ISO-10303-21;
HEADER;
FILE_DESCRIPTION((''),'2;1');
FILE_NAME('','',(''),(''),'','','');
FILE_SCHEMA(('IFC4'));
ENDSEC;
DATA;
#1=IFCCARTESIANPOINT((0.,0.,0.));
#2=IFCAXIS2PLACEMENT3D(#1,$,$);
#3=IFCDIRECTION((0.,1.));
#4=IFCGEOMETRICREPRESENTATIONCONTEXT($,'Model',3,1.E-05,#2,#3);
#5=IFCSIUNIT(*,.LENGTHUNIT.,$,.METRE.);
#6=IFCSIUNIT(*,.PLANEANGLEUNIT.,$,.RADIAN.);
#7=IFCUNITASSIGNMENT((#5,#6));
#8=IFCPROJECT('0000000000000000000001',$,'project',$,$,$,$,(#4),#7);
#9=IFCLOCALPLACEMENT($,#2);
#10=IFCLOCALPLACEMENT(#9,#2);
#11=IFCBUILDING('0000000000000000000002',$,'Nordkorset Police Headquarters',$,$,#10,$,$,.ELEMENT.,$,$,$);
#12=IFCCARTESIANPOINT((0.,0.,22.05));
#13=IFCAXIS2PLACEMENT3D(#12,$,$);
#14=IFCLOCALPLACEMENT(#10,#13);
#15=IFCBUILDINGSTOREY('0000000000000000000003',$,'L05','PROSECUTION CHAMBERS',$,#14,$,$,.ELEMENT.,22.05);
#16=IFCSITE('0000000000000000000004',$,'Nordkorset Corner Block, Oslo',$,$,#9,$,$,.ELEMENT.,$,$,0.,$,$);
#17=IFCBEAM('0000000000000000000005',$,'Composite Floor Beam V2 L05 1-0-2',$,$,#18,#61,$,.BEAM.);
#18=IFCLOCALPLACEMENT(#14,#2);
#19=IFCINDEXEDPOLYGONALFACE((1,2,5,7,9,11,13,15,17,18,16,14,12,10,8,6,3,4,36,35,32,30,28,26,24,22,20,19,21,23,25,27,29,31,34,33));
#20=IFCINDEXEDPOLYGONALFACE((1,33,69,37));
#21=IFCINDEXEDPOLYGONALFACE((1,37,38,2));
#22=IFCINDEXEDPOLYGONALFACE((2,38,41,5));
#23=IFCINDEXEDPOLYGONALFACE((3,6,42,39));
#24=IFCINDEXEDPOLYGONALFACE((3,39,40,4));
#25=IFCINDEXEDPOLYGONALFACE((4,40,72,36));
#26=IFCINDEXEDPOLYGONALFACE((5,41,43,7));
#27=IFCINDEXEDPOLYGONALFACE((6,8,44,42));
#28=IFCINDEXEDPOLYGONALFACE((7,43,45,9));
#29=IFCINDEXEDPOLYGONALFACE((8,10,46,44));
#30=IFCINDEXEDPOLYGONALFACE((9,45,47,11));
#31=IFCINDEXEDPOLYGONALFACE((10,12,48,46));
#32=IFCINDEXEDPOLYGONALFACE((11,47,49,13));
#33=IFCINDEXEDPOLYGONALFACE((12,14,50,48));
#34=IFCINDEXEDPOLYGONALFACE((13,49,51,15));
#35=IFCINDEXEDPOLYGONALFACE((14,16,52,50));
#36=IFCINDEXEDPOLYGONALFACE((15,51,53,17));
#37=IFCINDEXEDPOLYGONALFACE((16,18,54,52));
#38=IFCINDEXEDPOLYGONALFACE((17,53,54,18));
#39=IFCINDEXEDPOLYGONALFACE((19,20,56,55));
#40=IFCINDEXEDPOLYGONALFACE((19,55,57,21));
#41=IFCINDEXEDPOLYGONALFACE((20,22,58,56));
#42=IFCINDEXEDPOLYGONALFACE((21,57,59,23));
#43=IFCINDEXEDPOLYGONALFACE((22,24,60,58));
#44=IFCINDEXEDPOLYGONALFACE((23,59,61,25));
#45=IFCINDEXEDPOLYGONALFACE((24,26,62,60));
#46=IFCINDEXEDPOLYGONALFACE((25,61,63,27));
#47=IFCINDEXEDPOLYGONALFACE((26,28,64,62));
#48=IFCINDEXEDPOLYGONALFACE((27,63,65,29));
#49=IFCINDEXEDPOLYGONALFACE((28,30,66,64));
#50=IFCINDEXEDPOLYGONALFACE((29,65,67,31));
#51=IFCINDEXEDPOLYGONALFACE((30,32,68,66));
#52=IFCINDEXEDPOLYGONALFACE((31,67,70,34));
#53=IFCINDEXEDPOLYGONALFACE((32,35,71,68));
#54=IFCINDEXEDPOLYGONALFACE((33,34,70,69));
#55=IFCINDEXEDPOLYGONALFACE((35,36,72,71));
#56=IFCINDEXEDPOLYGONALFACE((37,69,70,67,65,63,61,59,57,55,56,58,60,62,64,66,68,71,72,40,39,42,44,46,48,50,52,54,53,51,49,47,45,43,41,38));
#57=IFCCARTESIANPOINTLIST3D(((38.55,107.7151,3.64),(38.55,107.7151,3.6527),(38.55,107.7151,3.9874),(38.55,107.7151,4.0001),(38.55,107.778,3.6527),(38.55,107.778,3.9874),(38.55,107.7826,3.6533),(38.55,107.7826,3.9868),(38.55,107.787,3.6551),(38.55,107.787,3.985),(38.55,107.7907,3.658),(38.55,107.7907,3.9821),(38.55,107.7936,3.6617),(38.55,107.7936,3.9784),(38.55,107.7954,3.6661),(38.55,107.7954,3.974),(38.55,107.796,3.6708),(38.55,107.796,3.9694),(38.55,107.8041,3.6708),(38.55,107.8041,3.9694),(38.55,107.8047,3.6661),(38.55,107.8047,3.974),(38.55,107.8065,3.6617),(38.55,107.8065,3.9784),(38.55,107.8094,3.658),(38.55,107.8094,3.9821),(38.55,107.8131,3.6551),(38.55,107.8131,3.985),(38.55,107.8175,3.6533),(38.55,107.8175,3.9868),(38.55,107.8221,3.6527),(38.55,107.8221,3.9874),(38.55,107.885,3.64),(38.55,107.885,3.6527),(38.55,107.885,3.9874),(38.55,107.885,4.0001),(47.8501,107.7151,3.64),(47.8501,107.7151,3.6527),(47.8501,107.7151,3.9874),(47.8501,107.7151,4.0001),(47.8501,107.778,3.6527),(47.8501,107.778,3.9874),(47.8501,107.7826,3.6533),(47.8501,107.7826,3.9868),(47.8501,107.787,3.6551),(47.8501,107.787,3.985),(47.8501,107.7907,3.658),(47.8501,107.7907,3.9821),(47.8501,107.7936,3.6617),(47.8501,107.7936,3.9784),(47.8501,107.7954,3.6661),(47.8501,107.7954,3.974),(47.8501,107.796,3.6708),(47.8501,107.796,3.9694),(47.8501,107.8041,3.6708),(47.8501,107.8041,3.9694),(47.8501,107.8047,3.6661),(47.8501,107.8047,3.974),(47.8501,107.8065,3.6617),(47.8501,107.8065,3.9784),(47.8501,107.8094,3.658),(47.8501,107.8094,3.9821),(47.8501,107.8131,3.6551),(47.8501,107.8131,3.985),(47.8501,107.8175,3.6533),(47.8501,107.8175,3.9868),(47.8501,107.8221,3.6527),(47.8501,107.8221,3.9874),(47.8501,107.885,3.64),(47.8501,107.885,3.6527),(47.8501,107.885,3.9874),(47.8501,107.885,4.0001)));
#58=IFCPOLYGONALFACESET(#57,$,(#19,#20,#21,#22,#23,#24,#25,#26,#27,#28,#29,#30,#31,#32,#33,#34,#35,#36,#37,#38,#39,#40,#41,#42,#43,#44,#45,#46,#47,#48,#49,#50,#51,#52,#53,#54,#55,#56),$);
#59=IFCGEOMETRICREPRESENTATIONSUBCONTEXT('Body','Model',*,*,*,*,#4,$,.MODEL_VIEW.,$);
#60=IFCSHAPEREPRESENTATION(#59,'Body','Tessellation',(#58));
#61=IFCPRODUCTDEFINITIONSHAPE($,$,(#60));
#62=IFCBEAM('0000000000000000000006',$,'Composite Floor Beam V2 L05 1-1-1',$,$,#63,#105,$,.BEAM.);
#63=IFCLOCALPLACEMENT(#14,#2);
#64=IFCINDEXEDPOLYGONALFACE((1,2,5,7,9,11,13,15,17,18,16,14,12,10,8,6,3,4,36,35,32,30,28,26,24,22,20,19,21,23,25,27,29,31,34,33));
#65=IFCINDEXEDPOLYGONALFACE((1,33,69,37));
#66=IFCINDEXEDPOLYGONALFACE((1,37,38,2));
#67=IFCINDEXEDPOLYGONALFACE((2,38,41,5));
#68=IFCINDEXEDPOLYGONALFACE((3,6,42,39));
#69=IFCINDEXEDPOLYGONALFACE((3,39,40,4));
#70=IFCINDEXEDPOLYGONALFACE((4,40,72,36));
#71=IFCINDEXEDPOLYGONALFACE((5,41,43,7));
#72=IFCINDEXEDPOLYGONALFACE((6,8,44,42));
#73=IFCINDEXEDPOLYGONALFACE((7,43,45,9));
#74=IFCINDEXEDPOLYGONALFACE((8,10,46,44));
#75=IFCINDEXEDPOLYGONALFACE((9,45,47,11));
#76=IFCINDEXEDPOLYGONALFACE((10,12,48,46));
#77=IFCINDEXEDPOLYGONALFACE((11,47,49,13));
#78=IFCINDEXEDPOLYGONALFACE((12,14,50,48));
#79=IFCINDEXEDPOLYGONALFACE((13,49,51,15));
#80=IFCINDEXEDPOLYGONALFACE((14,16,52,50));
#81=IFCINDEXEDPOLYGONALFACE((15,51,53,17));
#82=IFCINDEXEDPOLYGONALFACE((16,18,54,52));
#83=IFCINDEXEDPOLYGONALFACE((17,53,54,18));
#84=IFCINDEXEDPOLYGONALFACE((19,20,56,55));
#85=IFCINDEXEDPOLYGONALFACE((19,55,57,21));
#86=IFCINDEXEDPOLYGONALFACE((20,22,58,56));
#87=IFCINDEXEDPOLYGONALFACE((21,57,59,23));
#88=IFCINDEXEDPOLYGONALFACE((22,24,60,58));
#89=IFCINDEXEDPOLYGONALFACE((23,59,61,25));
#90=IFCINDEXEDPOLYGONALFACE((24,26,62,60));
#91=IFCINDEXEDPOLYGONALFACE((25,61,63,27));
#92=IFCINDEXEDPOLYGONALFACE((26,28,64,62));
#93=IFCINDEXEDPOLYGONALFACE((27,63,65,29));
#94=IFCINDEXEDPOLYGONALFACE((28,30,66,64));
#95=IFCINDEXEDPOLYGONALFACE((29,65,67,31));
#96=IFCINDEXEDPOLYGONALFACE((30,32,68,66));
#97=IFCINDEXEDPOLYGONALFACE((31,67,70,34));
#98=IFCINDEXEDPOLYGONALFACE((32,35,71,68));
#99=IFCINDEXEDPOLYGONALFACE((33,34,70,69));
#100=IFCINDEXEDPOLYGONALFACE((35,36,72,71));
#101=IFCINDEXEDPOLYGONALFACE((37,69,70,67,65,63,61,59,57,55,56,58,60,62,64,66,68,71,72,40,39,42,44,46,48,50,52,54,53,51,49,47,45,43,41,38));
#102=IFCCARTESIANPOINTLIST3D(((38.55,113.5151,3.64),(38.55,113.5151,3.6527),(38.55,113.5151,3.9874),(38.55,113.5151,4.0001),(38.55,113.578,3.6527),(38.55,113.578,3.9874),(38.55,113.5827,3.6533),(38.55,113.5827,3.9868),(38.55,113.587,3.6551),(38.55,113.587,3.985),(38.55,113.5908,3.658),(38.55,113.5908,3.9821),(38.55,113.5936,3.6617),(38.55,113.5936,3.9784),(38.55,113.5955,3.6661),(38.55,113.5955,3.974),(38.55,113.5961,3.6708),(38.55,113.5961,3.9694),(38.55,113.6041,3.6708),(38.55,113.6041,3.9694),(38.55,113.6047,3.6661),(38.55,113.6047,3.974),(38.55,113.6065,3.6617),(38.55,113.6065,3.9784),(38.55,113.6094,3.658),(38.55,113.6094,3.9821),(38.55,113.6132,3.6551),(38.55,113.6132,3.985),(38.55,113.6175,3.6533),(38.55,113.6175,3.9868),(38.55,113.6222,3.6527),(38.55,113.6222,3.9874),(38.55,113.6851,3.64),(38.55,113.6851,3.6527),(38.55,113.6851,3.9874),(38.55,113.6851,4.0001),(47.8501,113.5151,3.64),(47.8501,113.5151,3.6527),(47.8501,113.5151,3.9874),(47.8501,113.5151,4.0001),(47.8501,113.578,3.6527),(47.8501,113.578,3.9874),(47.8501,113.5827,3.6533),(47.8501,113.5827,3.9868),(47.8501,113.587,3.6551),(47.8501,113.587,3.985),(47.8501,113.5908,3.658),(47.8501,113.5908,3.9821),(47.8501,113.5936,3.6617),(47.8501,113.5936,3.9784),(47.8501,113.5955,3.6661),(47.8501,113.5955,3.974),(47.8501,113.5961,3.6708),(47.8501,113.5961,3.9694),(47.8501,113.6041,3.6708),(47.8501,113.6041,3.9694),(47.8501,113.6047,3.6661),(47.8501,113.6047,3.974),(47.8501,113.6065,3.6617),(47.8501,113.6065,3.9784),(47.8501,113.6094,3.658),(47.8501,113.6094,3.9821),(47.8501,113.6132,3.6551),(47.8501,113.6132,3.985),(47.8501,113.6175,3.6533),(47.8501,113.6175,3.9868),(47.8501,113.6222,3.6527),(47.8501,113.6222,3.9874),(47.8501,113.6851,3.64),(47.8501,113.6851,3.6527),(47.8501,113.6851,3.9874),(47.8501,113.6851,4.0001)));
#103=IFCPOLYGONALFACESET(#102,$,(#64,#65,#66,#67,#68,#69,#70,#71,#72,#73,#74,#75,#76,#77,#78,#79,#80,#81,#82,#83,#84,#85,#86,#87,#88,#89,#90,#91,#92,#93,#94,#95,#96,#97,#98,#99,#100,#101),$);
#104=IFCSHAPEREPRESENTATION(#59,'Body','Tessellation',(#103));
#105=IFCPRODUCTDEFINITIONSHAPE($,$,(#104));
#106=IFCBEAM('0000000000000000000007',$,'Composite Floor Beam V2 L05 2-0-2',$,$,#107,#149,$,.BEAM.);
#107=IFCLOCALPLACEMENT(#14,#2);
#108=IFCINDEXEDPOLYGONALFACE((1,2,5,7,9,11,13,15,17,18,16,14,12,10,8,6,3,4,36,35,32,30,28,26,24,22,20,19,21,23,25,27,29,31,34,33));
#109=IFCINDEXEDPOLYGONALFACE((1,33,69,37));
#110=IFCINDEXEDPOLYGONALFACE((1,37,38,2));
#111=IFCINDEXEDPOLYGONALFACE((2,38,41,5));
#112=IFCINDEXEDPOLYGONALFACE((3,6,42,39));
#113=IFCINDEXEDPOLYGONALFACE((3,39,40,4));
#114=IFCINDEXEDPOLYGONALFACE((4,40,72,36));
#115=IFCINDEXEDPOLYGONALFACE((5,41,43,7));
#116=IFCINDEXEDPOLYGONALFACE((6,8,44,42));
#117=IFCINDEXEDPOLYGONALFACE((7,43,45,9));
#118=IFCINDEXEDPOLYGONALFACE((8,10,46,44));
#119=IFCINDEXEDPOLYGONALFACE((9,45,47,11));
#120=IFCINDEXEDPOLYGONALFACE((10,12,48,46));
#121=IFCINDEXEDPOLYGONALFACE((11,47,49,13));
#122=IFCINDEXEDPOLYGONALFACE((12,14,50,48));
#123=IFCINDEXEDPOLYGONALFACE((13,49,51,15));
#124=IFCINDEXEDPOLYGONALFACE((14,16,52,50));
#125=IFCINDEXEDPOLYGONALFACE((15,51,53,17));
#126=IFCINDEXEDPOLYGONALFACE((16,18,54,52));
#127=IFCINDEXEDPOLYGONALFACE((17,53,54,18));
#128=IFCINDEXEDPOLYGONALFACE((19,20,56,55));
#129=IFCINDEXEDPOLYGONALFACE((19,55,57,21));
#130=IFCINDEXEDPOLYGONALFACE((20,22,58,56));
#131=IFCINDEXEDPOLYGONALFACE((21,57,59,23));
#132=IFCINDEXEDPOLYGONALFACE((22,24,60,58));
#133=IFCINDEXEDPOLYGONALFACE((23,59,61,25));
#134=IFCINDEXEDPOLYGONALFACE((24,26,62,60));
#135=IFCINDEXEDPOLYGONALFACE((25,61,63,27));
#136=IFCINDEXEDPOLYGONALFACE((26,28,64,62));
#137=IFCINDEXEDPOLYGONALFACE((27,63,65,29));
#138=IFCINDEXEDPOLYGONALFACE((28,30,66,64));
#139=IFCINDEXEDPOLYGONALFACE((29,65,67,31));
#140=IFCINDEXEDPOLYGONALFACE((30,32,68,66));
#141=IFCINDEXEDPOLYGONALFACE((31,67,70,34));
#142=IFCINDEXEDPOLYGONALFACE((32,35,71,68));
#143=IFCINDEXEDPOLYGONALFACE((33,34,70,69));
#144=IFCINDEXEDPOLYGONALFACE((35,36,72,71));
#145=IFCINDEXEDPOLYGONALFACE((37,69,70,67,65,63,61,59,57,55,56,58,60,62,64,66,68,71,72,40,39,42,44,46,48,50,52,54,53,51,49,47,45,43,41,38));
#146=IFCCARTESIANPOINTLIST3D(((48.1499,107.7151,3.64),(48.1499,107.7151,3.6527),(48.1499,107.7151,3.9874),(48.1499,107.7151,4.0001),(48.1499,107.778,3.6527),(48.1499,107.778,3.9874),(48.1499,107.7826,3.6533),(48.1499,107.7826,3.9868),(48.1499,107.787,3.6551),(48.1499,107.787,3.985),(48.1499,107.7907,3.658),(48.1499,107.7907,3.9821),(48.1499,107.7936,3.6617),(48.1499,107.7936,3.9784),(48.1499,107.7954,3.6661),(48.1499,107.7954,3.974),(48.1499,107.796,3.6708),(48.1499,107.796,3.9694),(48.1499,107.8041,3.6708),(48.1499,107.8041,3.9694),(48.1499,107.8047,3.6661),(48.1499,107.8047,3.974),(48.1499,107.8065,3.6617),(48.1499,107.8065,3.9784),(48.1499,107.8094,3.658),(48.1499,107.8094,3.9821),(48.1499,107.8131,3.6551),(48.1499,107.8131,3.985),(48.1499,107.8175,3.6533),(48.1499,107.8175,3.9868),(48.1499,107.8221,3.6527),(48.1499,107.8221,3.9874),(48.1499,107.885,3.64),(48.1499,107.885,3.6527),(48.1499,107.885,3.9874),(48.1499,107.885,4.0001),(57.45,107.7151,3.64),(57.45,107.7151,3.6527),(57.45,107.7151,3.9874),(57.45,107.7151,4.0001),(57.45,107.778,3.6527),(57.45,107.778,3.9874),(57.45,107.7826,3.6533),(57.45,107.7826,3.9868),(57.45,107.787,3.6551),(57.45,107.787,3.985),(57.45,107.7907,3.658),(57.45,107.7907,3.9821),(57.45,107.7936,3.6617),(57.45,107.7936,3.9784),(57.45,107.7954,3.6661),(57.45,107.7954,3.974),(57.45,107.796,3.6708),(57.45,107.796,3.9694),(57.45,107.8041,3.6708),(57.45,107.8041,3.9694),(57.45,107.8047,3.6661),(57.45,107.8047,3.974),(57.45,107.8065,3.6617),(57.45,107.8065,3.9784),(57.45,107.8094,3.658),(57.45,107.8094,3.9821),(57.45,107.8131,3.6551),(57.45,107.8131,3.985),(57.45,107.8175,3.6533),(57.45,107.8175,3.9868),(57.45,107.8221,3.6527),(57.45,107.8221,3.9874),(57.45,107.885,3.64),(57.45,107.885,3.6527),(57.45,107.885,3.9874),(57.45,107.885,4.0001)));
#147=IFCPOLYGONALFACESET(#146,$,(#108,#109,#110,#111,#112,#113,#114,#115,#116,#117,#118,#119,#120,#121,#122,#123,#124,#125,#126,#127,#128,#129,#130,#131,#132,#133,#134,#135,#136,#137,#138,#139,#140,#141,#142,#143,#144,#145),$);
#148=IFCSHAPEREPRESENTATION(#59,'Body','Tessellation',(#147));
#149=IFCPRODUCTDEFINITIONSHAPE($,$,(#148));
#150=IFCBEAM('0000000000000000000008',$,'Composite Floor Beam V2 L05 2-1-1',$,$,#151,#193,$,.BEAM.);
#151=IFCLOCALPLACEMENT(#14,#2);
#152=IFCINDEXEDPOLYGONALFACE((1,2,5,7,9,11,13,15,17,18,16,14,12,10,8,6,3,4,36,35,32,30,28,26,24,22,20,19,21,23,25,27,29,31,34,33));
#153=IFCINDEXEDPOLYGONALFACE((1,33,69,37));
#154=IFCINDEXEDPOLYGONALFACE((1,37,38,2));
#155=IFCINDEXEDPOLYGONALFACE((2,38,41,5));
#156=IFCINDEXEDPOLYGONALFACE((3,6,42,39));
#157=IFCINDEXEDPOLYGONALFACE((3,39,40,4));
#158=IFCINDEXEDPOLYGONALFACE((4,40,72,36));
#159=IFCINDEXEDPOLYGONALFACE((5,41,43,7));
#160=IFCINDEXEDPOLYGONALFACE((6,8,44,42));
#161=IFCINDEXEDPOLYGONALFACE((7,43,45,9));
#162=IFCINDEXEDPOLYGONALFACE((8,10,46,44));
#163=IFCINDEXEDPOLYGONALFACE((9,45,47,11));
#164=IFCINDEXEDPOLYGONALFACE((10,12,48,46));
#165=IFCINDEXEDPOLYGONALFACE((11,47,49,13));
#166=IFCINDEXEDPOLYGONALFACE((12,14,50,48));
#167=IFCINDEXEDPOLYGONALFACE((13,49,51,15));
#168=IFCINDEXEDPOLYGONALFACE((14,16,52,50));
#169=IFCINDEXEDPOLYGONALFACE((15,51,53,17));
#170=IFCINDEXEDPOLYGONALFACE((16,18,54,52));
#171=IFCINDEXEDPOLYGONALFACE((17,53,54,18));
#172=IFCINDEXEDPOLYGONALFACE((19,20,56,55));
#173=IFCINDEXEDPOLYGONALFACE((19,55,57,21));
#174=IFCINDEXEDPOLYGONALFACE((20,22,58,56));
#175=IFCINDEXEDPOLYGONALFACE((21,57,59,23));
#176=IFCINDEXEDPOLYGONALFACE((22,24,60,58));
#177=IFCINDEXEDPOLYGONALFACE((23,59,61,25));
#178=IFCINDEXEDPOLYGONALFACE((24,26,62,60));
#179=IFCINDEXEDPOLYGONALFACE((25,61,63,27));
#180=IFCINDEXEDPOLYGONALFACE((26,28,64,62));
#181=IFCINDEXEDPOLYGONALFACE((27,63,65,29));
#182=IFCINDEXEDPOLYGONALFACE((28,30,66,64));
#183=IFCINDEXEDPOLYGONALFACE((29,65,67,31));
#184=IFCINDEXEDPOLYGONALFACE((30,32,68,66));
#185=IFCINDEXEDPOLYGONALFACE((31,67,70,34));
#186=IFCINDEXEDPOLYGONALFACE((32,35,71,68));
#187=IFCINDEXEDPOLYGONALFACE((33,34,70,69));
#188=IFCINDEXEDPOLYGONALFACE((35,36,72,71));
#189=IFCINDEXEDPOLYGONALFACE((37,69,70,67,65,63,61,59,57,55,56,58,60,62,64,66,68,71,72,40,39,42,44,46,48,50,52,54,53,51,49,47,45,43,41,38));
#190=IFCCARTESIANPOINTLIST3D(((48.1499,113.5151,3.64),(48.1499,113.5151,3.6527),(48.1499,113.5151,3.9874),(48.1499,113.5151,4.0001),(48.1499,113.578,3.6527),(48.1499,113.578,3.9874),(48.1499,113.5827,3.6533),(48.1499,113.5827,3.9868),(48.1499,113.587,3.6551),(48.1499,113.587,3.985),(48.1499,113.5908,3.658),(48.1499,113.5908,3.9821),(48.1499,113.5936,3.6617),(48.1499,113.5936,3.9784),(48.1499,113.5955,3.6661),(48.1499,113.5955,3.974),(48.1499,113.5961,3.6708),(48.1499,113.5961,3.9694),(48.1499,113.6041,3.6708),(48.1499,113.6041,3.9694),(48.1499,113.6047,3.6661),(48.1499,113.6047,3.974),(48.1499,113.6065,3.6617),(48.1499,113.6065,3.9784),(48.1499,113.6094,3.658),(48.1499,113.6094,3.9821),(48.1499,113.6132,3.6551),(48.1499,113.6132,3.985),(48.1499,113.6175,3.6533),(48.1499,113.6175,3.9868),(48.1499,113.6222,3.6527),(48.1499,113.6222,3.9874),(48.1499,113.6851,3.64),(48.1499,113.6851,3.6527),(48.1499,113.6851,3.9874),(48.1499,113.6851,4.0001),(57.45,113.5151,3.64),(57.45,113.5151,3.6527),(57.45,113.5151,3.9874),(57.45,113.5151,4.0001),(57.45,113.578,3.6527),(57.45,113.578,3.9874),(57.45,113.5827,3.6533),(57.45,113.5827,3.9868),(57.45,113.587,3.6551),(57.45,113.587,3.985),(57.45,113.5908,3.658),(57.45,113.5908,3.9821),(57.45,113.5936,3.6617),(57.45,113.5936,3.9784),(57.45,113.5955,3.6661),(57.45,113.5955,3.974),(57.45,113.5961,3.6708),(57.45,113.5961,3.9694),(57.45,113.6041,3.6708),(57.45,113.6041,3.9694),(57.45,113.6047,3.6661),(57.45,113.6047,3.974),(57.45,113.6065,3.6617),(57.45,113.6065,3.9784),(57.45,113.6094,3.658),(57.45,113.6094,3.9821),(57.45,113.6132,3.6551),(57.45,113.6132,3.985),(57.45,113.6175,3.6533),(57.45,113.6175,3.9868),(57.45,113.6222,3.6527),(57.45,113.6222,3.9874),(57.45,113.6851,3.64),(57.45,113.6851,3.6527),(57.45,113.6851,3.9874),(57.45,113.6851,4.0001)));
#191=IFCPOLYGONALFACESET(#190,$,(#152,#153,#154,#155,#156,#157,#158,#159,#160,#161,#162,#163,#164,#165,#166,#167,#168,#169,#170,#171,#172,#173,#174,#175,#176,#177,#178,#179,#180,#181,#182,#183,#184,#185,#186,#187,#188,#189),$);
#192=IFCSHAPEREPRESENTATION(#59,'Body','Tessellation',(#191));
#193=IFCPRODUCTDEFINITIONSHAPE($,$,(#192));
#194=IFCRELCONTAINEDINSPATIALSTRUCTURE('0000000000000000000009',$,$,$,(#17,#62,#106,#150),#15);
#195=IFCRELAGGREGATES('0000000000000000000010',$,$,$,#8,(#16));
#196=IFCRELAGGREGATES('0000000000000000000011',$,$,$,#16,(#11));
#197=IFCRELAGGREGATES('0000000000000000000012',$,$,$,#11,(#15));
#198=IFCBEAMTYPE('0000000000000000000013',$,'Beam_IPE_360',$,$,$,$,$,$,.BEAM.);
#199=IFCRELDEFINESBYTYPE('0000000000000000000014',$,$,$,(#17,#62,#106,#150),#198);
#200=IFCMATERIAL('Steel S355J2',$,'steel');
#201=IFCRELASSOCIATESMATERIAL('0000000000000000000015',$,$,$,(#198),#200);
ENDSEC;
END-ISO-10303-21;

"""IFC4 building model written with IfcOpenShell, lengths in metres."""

from ifc_helpers import new_model, si_unit, direction, frame, origin, origin_2d, place, context, subcontext, project, spatial, i_section, extrude, material, material_profile, profile_set, type_object, element, save


model = new_model("IFC4")

# Units and contexts
model_context = context("Model", 3, precision=1e-05, world=origin(), true_north=direction((0.0, 1.0)))
body_context = subcontext(model_context, "Body", "Model", "MODEL_VIEW")
ifc_project = project(units=[si_unit("LENGTHUNIT", "METRE"), si_unit("PLANEANGLEUNIT", "RADIAN")], contexts=[model_context])

# Site, building, storey
site_placement = place(None, origin())
site = spatial("IfcSite", under=ifc_project, at=site_placement, Name="Nordkorset Corner Block, Oslo", CompositionType="ELEMENT", RefElevation=0.0)
building_placement = place(site_placement, origin())
building = spatial("IfcBuilding", under=site, at=building_placement, Name="Nordkorset Police Headquarters", CompositionType="ELEMENT")
storey_placement = place(building_placement, frame((0.0, 0.0, 22.05)))
storey = spatial("IfcBuildingStorey", under=building, at=storey_placement, Name="L05", Description="PROSECUTION CHAMBERS", CompositionType="ELEMENT", Elevation=22.05)

# Beams
ifc_material_1 = material(Name="Steel S355J2", Category="steel")
ifc_material_profile_1 = material_profile(ifc_material_1, i_section(OverallWidth=0.1699, OverallDepth=0.3601, WebThickness=0.0081, FlangeThickness=0.0127, FilletRadius=0.0181, at=origin_2d()), Name="IPE 360")
ifc_profile_set_1 = profile_set([ifc_material_profile_1], Name="Steel S355J2")
beam_type_1 = type_object("IfcBeamType", Name="Beam_IPE_360", PredefinedType="BEAM", material=ifc_profile_set_1)
for number, where, z_axis, x_axis, name in (
    (1, (38.55, 107.8, 3.8201), (1.0, 0.0, 0.0), (0.0, 1.0, 0.0), "Composite Floor Beam V2 L05 1-0-2"),
    (2, (38.55, 113.6001, 3.8201), (1.0, 0.0, 0.0), (0.0, 1.0, 0.0), "Composite Floor Beam V2 L05 1-1-1"),
    (3, (48.1499, 107.8, 3.8201), (1.0, 0.0, 0.0), (0.0, 1.0, 0.0), "Composite Floor Beam V2 L05 2-0-2"),
    (4, (48.1499, 113.6001, 3.8201), (1.0, 0.0, 0.0), (0.0, 1.0, 0.0), "Composite Floor Beam V2 L05 2-1-1"),
):
    element("IfcBeam", number, at=place(storey_placement, frame(where, z_axis=z_axis, x_axis=x_axis)), inside=storey, type_object=beam_type_1, Name=name, PredefinedType="BEAM", context=body_context, shape_type="SweptSolid", body=[
        extrude(i_section(OverallWidth=0.1699, OverallDepth=0.3601, WebThickness=0.0081, FlangeThickness=0.0127, FilletRadius=0.0181, at=origin_2d()), origin(), (0.0, 0.0, 1.0), 9.3),
    ])

save(model, "model.ifc")
